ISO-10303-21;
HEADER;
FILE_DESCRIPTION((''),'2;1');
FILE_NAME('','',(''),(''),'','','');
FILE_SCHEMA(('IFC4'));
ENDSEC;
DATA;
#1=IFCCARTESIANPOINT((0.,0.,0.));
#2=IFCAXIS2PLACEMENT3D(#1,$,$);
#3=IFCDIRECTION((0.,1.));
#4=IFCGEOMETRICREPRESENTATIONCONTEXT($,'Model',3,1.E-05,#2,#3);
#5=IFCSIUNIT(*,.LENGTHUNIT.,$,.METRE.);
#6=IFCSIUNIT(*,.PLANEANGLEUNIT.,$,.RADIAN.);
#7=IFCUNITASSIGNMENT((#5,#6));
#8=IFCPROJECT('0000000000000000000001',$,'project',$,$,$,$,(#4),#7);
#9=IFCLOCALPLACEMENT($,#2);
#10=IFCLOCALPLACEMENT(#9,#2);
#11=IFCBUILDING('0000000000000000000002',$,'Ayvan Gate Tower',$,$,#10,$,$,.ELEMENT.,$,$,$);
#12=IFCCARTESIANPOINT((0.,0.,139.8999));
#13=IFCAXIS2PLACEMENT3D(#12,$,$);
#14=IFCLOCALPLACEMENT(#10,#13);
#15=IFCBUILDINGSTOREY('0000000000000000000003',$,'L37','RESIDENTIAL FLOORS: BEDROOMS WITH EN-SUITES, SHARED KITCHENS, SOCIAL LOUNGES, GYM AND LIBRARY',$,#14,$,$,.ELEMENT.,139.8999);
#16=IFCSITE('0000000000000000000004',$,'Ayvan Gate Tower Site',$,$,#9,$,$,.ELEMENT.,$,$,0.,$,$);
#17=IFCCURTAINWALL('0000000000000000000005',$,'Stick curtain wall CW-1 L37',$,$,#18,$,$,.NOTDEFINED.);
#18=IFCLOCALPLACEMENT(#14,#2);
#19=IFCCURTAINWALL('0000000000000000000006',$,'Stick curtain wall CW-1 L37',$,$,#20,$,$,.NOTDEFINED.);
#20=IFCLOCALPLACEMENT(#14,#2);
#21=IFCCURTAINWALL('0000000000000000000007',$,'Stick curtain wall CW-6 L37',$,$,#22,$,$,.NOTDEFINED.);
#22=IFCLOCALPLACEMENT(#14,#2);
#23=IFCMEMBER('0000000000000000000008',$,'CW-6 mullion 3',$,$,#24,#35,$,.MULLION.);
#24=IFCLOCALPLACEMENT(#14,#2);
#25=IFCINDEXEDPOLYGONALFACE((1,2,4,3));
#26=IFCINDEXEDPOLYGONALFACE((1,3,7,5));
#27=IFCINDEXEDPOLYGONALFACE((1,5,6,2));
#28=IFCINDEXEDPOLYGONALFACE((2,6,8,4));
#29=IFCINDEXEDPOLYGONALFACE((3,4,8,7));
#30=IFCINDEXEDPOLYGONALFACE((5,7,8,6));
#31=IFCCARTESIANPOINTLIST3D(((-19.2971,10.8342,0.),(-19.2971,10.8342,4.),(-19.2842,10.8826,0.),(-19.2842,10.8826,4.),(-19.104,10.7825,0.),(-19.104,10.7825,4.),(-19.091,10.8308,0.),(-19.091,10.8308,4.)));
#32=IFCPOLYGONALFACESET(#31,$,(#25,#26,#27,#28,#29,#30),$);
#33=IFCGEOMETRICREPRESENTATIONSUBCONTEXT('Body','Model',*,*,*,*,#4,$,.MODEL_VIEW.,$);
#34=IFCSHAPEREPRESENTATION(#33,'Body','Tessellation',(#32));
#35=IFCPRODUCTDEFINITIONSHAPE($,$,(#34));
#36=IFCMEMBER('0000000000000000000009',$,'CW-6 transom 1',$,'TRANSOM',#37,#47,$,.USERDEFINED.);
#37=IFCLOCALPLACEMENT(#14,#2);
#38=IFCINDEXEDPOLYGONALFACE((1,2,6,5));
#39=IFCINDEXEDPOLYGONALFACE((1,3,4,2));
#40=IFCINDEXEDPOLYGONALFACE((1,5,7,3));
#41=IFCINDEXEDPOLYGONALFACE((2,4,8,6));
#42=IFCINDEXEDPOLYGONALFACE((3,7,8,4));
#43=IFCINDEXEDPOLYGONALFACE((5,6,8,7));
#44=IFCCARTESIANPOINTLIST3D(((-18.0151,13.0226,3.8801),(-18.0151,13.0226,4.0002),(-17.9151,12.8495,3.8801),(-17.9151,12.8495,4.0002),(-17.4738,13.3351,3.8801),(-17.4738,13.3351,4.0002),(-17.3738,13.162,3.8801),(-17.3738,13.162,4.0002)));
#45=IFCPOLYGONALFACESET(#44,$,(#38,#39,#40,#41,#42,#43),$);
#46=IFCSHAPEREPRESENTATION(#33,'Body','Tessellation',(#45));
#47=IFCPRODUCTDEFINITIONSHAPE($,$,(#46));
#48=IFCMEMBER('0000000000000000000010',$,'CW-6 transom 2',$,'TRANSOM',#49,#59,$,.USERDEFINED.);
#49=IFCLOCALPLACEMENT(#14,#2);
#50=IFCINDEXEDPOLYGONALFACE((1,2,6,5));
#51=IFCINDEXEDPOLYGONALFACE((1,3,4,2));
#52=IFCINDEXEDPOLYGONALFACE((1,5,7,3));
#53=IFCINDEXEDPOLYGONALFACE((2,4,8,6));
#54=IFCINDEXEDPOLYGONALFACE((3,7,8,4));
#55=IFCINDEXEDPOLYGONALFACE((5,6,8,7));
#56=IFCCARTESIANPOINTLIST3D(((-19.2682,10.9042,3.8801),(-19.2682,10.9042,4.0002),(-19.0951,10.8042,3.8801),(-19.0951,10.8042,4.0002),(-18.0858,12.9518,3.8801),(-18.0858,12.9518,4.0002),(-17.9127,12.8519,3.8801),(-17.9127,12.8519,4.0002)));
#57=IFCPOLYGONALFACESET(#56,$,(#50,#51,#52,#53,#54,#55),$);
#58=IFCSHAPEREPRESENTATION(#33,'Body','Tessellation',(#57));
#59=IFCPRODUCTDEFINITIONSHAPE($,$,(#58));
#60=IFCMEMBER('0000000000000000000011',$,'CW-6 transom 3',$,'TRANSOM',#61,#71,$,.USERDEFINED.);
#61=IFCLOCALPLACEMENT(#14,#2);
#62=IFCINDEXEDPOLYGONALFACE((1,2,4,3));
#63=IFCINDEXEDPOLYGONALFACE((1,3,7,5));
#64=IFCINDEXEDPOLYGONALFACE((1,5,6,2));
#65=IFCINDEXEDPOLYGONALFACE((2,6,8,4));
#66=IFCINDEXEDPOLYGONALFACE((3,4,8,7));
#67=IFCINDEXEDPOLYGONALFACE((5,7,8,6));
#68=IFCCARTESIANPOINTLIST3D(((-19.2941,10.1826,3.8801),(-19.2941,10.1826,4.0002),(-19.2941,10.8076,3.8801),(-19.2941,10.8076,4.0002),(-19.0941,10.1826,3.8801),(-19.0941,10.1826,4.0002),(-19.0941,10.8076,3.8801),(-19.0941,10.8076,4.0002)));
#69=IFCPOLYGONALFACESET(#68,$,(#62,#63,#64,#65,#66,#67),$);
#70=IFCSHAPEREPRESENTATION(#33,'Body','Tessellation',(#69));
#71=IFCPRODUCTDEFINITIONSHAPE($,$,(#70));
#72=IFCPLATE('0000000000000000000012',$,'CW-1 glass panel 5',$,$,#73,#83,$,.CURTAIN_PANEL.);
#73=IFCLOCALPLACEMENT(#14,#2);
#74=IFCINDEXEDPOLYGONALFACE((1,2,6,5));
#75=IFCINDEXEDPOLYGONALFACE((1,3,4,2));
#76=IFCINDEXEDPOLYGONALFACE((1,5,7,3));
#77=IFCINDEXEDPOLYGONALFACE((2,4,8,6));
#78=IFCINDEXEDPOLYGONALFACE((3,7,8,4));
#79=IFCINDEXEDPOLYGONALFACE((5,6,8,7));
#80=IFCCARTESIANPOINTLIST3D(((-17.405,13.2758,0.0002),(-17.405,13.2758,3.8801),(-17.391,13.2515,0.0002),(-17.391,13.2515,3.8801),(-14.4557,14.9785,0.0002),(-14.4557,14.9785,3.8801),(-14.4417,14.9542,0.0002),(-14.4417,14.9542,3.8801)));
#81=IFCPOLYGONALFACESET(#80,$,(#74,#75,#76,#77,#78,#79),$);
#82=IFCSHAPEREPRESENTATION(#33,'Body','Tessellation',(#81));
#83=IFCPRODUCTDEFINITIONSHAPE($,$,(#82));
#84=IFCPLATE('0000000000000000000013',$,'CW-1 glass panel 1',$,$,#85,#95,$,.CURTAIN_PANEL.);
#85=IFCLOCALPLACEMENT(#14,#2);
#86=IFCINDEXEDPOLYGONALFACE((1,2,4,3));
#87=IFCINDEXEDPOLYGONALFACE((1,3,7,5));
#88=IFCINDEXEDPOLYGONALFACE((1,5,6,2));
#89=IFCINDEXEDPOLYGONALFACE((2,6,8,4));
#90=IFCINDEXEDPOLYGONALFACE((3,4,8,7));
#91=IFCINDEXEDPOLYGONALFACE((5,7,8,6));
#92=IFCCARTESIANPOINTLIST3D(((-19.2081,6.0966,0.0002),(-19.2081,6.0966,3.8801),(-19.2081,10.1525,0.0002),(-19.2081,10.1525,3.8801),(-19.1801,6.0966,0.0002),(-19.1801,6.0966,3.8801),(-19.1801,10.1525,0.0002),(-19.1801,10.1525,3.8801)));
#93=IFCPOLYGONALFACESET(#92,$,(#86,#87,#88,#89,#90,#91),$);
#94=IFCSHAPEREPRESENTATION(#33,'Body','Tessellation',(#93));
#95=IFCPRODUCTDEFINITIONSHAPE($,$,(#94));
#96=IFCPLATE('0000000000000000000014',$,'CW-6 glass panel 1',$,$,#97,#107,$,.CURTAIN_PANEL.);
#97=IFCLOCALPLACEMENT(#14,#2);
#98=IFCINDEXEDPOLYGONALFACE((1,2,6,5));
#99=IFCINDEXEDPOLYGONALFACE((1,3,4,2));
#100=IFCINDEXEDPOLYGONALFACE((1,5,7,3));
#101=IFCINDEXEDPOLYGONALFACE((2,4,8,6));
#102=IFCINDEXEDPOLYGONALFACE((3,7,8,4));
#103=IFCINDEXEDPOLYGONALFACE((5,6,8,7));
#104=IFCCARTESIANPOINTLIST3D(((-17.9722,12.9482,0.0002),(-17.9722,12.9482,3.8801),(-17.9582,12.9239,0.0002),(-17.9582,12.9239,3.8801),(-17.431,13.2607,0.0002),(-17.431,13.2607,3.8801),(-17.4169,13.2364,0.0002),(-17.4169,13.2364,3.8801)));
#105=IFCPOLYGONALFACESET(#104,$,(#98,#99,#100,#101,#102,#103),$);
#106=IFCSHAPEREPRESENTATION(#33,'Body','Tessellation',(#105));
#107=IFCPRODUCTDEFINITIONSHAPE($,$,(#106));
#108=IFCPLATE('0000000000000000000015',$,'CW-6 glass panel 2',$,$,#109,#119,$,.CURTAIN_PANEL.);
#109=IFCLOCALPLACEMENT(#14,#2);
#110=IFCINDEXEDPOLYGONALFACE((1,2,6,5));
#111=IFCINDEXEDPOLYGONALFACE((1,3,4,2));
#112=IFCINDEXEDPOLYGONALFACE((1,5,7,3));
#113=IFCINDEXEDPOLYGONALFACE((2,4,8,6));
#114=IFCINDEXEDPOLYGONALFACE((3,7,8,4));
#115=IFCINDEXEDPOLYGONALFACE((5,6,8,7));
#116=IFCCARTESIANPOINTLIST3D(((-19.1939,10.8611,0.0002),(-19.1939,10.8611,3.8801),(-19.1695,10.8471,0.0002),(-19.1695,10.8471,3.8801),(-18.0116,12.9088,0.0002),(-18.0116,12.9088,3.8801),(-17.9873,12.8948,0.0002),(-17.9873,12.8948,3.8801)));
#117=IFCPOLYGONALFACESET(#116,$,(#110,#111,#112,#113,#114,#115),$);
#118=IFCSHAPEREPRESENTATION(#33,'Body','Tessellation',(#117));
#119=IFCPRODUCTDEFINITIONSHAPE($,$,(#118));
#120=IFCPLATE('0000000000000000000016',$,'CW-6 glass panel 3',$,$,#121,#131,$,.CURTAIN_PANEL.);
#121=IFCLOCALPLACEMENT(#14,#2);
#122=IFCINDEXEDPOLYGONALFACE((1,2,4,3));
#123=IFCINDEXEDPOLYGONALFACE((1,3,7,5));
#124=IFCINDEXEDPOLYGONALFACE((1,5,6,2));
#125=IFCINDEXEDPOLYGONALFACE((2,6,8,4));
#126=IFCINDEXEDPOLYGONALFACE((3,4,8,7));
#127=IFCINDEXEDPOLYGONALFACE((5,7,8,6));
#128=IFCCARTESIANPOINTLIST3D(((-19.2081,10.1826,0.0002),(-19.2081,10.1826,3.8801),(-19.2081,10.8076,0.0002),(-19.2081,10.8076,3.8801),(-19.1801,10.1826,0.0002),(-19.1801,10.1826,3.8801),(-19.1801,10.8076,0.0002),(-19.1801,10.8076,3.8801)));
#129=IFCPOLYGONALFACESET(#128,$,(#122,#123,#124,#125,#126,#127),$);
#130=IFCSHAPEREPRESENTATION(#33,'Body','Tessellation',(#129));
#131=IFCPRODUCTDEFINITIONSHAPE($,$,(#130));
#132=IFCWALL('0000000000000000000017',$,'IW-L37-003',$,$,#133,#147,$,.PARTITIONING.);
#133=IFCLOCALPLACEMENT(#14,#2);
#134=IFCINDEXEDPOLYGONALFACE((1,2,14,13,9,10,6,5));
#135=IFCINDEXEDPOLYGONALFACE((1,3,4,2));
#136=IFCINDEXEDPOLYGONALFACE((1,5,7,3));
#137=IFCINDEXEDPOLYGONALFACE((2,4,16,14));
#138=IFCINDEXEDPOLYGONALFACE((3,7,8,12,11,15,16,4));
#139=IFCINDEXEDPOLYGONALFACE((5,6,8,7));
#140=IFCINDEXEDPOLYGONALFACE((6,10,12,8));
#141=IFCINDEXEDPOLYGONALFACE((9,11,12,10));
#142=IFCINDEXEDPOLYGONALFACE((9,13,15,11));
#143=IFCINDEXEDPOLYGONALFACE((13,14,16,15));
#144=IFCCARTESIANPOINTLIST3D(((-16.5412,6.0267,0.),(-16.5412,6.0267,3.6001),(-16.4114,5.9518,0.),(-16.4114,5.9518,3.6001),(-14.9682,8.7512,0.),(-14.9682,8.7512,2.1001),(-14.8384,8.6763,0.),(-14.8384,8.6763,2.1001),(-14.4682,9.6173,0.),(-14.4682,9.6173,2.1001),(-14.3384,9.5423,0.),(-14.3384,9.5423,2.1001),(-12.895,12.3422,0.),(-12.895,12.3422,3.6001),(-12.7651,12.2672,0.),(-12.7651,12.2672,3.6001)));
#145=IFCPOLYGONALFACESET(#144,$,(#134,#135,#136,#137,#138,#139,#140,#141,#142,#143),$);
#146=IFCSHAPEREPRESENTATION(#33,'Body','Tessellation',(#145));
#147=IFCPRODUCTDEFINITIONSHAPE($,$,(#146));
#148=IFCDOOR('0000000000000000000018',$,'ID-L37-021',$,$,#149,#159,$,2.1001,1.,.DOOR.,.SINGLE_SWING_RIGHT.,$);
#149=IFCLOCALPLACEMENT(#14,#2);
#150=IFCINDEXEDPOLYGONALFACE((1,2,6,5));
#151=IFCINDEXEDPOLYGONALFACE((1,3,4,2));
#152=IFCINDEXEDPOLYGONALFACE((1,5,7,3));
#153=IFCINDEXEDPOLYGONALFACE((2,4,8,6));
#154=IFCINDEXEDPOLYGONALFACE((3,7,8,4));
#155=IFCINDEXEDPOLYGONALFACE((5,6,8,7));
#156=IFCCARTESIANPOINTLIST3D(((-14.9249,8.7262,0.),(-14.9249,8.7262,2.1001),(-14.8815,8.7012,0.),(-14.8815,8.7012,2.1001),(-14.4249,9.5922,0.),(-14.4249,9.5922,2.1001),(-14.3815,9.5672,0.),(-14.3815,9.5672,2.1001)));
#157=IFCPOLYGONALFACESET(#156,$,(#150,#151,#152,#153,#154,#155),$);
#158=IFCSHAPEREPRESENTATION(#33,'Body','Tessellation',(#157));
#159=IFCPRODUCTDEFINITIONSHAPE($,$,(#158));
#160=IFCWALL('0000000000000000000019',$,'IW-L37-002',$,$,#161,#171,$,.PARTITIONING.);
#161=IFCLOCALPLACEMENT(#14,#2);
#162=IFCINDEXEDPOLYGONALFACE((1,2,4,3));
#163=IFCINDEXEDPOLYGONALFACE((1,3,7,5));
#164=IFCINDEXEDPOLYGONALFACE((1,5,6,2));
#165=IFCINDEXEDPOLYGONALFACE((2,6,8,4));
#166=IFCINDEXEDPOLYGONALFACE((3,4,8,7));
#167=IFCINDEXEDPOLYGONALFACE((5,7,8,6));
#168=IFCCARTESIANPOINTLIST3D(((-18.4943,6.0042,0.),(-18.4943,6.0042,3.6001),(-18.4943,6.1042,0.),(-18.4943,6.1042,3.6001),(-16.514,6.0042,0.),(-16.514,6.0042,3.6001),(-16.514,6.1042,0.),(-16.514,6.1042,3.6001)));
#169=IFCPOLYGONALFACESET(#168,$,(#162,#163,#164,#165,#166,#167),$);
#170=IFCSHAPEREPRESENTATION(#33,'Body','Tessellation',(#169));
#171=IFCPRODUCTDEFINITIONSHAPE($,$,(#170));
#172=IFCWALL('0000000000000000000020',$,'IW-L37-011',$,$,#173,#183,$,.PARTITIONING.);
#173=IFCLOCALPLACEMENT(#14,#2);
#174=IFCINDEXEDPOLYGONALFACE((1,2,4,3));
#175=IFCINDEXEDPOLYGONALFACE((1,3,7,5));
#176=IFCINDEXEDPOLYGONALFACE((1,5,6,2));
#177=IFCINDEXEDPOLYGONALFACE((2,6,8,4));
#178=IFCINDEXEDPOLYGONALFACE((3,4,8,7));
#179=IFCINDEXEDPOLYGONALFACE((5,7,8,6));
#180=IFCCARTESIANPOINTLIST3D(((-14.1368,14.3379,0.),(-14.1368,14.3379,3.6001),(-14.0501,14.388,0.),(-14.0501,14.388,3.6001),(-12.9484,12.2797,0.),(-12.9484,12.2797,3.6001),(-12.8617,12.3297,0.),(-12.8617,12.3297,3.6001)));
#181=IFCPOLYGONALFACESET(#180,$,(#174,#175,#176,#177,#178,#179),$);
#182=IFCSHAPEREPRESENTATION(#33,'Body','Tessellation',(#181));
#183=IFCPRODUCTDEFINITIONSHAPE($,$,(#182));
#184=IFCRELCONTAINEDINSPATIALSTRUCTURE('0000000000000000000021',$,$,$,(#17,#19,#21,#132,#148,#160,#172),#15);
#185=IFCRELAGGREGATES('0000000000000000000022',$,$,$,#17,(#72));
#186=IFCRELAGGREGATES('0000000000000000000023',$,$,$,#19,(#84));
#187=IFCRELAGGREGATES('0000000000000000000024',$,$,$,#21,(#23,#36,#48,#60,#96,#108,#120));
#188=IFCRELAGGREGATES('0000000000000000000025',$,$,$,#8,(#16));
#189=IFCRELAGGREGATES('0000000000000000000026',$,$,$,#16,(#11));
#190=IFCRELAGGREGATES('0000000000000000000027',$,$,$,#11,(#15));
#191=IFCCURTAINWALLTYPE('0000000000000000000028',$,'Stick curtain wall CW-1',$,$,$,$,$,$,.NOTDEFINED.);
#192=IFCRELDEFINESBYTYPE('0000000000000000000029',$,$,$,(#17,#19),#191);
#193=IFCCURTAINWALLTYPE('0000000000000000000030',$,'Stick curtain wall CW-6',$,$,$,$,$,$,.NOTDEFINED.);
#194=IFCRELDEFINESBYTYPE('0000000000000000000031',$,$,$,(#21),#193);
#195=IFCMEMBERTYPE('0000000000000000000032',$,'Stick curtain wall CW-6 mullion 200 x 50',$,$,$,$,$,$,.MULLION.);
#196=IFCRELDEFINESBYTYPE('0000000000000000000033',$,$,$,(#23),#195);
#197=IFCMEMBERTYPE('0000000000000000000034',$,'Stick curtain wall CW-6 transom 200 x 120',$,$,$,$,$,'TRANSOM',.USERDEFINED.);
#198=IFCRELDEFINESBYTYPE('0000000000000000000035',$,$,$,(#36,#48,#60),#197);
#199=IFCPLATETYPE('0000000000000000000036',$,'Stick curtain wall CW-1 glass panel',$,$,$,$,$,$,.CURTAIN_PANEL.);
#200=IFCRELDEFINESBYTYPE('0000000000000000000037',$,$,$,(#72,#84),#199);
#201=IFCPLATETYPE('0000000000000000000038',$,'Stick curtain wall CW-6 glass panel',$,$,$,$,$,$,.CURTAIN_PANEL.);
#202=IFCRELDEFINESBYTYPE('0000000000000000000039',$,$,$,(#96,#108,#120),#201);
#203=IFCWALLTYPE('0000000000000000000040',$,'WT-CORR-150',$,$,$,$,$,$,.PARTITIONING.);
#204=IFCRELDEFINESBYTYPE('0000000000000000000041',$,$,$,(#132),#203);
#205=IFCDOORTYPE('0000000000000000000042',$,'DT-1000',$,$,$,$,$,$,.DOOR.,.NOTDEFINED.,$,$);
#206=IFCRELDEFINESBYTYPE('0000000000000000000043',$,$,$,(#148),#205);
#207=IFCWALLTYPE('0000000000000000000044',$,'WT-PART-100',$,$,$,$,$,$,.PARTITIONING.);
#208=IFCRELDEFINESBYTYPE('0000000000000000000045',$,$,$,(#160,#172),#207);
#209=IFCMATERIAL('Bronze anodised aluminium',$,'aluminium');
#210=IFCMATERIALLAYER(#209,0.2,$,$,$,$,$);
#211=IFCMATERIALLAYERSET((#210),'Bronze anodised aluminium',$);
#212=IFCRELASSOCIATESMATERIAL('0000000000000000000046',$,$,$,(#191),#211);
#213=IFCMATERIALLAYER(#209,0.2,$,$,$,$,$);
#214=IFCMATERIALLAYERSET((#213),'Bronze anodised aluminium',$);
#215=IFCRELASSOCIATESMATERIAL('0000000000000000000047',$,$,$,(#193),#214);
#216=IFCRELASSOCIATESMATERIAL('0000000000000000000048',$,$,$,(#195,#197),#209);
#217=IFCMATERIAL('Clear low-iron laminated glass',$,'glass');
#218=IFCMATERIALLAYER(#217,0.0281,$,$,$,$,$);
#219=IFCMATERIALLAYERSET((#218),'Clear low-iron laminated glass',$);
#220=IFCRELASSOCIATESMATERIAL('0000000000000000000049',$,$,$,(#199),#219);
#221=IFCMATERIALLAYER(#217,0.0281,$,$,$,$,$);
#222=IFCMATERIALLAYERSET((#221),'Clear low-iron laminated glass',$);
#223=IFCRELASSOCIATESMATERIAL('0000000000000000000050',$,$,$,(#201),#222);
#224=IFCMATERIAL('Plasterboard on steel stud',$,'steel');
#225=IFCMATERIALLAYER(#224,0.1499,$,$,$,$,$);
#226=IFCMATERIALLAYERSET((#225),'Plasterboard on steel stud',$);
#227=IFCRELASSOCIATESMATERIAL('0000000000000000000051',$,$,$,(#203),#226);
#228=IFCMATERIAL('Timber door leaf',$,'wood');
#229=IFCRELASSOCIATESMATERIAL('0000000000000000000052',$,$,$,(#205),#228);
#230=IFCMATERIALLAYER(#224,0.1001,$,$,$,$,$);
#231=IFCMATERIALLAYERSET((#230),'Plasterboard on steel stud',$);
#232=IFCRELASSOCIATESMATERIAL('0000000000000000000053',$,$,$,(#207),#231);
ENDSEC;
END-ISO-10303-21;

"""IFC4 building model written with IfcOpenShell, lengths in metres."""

from ifc_helpers import new_model, si_unit, direction, frame, frame_2d, origin, origin_2d, place, context, subcontext, project, spatial, rectangle, extrude, material, layer, layer_set, material_profile, profile_set, type_object, element, fill, aggregate, save


model = new_model("IFC4")

# Units and contexts
model_context = context("Model", 3, precision=1e-05, world=origin(), true_north=direction((0.0, 1.0)))
body_context = subcontext(model_context, "Body", "Model", "MODEL_VIEW")
ifc_project = project(units=[si_unit("LENGTHUNIT", "METRE"), si_unit("PLANEANGLEUNIT", "RADIAN")], contexts=[model_context])

# Site, building, storey
site_placement = place(None, origin())
site = spatial("IfcSite", under=ifc_project, at=site_placement, Name="Ayvan Gate Tower Site", CompositionType="ELEMENT", RefElevation=0.0)
building_placement = place(site_placement, origin())
building = spatial("IfcBuilding", under=site, at=building_placement, Name="Ayvan Gate Tower", CompositionType="ELEMENT")
storey_placement = place(building_placement, frame((0.0, 0.0, 139.8999)))
storey = spatial("IfcBuildingStorey", under=building, at=storey_placement, Name="L37", Description="RESIDENTIAL FLOORS: BEDROOMS WITH EN-SUITES, SHARED KITCHENS, SOCIAL LOUNGES, GYM AND LIBRARY", CompositionType="ELEMENT", Elevation=139.8999)

# Curtain walls, members
ifc_material_1 = material(Name="Bronze anodised aluminium", Category="aluminium")
ifc_layer_1 = layer(ifc_material_1, 0.2)
ifc_layer_set_1 = layer_set([ifc_layer_1], Name="Bronze anodised aluminium")
curtain_wall_type_1 = type_object("IfcCurtainWallType", Name="Stick curtain wall CW-1", PredefinedType="NOTDEFINED", material=ifc_layer_set_1)
curtain_wall_1_placement = place(storey_placement, origin())
curtain_wall_1 = element("IfcCurtainWall", 1, at=curtain_wall_1_placement, inside=storey, type_object=curtain_wall_type_1, Name="Stick curtain wall CW-1 L37", PredefinedType="NOTDEFINED")
curtain_wall_2_placement = place(storey_placement, origin())
curtain_wall_2 = element("IfcCurtainWall", 2, at=curtain_wall_2_placement, inside=storey, type_object=curtain_wall_type_1, Name="Stick curtain wall CW-1 L37", PredefinedType="NOTDEFINED")
ifc_layer_2 = layer(ifc_material_1, 0.2)
ifc_layer_set_2 = layer_set([ifc_layer_2], Name="Bronze anodised aluminium")
curtain_wall_type_2 = type_object("IfcCurtainWallType", Name="Stick curtain wall CW-6", PredefinedType="NOTDEFINED", material=ifc_layer_set_2)
curtain_wall_3_placement = place(storey_placement, origin())
curtain_wall_3 = element("IfcCurtainWall", 3, at=curtain_wall_3_placement, inside=storey, type_object=curtain_wall_type_2, Name="Stick curtain wall CW-6 L37", PredefinedType="NOTDEFINED")
ifc_material_profile_1 = material_profile(ifc_material_1, rectangle(XDim=0.2, YDim=0.05, at=origin_2d()), Name="Stick curtain wall CW-6 mullion 200 x 50")
ifc_profile_set_1 = profile_set([ifc_material_profile_1], Name="Bronze anodised aluminium")
member_type_1 = type_object("IfcMemberType", Name="Stick curtain wall CW-6 mullion 200 x 50", PredefinedType="MULLION", material=ifc_profile_set_1)
member_1_placement = place(storey_placement, frame((-19.1941, 10.8325, 0.0), z_axis=(0.0, 0.0, 1.0), x_axis=(-0.965926, 0.258819, 0.0)))
member_1 = element("IfcMember", 4, at=member_1_placement, type_object=member_type_1, Name="CW-6 mullion 3", PredefinedType="MULLION", context=body_context, shape_type="SweptSolid", body=[
    extrude(rectangle(XDim=0.2, YDim=0.05, at=origin_2d()), origin(), (0.0, 0.0, 1.0), 4.0),
])
ifc_material_profile_2 = material_profile(ifc_material_1, rectangle(XDim=0.2, YDim=0.1201, at=origin_2d()), Name="Stick curtain wall CW-6 transom 200 x 120")
ifc_profile_set_2 = profile_set([ifc_material_profile_2], Name="Bronze anodised aluminium")
member_type_2 = type_object("IfcMemberType", Name="Stick curtain wall CW-6 transom 200 x 120", ElementType="TRANSOM", PredefinedType="USERDEFINED", material=ifc_profile_set_2)
member_2_placement = place(storey_placement, frame((-17.4238, 13.2485, 3.9402), z_axis=(-0.866023, -0.500004, 0.0), x_axis=(0.500004, -0.866023, 0.0)))
member_2 = element("IfcMember", 5, at=member_2_placement, type_object=member_type_2, Name="CW-6 transom 1", ObjectType="TRANSOM", PredefinedType="USERDEFINED", context=body_context, shape_type="SweptSolid", body=[
    extrude(rectangle(XDim=0.2, YDim=0.1201, at=origin_2d()), origin(), (0.0, 0.0, 1.0), 0.625),
])
member_3_placement = place(storey_placement, frame((-17.9993, 12.9019, 3.9402), z_axis=(-0.500059, -0.865991, 0.0), x_axis=(0.865991, -0.500059, 0.0)))
member_3 = element("IfcMember", 6, at=member_3_placement, type_object=member_type_2, Name="CW-6 transom 2", ObjectType="TRANSOM", PredefinedType="USERDEFINED", context=body_context, shape_type="SweptSolid", body=[
    extrude(rectangle(XDim=0.2, YDim=0.1201, at=origin_2d()), origin(), (0.0, 0.0, 1.0), 2.3645),
])
member_4_placement = place(storey_placement, frame((-19.1941, 10.8076, 3.9402), z_axis=(0.0, -1.0, 0.0), x_axis=(1.0, 0.0, 0.0)))
member_4 = element("IfcMember", 7, at=member_4_placement, type_object=member_type_2, Name="CW-6 transom 3", ObjectType="TRANSOM", PredefinedType="USERDEFINED", context=body_context, shape_type="SweptSolid", body=[
    extrude(rectangle(XDim=0.2, YDim=0.1201, at=origin_2d()), origin(), (0.0, 0.0, 1.0), 0.625),
])

# Plates
ifc_material_2 = material(Name="Clear low-iron laminated glass", Category="glass")
ifc_layer_3 = layer(ifc_material_2, 0.0281)
ifc_layer_set_3 = layer_set([ifc_layer_3], Name="Clear low-iron laminated glass")
plate_type_1 = type_object("IfcPlateType", Name="Stick curtain wall CW-1 glass panel", PredefinedType="CURTAIN_PANEL", material=ifc_layer_set_3)
plate_1_placement = place(storey_placement, frame((-15.9233, 14.115, 0.0002), z_axis=(0.0, 0.0, 1.0), x_axis=(-0.866025, -0.5, 0.0)))
plate_1 = element("IfcPlate", 8, at=plate_1_placement, type_object=plate_type_1, Name="CW-1 glass panel 5", PredefinedType="CURTAIN_PANEL", context=body_context, shape_type="SweptSolid", body=[
    extrude(rectangle(XDim=3.4055, YDim=0.0281, at=origin_2d()), origin(), (0.0, 0.0, 1.0), 3.8799),
])
aggregate(curtain_wall_1, [plate_1])
plate_2_placement = place(storey_placement, frame((-19.1941, 8.1245, 0.0002), z_axis=(0.0, 0.0, 1.0), x_axis=(0.0, -1.0, 0.0)))
plate_2 = element("IfcPlate", 9, at=plate_2_placement, type_object=plate_type_1, Name="CW-1 glass panel 1", PredefinedType="CURTAIN_PANEL", context=body_context, shape_type="SweptSolid", body=[
    extrude(rectangle(XDim=4.0559, YDim=0.0281, at=origin_2d()), origin(), (0.0, 0.0, 1.0), 3.8799),
])
aggregate(curtain_wall_2, [plate_2])
ifc_layer_4 = layer(ifc_material_2, 0.0281)
ifc_layer_set_4 = layer_set([ifc_layer_4], Name="Clear low-iron laminated glass")
plate_type_2 = type_object("IfcPlateType", Name="Stick curtain wall CW-6 glass panel", PredefinedType="CURTAIN_PANEL", material=ifc_layer_set_4)
plate_3_placement = place(storey_placement, frame((-17.6946, 13.0923, 0.0002), z_axis=(0.0, 0.0, 1.0), x_axis=(-0.866025, -0.5, 0.0)))
plate_3 = element("IfcPlate", 10, at=plate_3_placement, type_object=plate_type_2, Name="CW-6 glass panel 1", PredefinedType="CURTAIN_PANEL", context=body_context, shape_type="SweptSolid", body=[
    extrude(rectangle(XDim=0.625, YDim=0.0281, at=origin_2d()), origin(), (0.0, 0.0, 1.0), 3.8799),
])
plate_4_placement = place(storey_placement, frame((-18.5906, 11.8779, 0.0002), z_axis=(0.0, 0.0, 1.0), x_axis=(-0.5, -0.866025, 0.0)))
plate_4 = element("IfcPlate", 11, at=plate_4_placement, type_object=plate_type_2, Name="CW-6 glass panel 2", PredefinedType="CURTAIN_PANEL", context=body_context, shape_type="SweptSolid", body=[
    extrude(rectangle(XDim=2.3645, YDim=0.0281, at=origin_2d()), origin(), (0.0, 0.0, 1.0), 3.8799),
])
plate_5_placement = place(storey_placement, frame((-19.1941, 10.4951, 0.0002), z_axis=(0.0, 0.0, 1.0), x_axis=(0.0, -1.0, 0.0)))
plate_5 = element("IfcPlate", 12, at=plate_5_placement, type_object=plate_type_2, Name="CW-6 glass panel 3", PredefinedType="CURTAIN_PANEL", context=body_context, shape_type="SweptSolid", body=[
    extrude(rectangle(XDim=0.625, YDim=0.0281, at=origin_2d()), origin(), (0.0, 0.0, 1.0), 3.8799),
])
aggregate(curtain_wall_3, [member_1, member_2, member_3, member_4, plate_3, plate_4, plate_5])

# Wall, opening, door
ifc_material_3 = material(Name="Plasterboard on steel stud", Category="steel")
ifc_layer_5 = layer(ifc_material_3, 0.1499)
ifc_layer_set_5 = layer_set([ifc_layer_5], Name="Plasterboard on steel stud")
wall_type_1 = type_object("IfcWallType", Name="WT-CORR-150", PredefinedType="PARTITIONING", material=ifc_layer_set_5)
wall_1_placement = place(storey_placement, frame((-16.4763, 5.9893, 0.0), z_axis=(0.0, 0.0, 1.0), x_axis=(0.500003, 0.866024, 0.0)))
wall_1 = element("IfcWall", 13, at=wall_1_placement, inside=storey, type_object=wall_type_1, Name="IW-L37-003", PredefinedType="PARTITIONING", context=body_context, shape_type="SweptSolid", body=[
    extrude(rectangle(XDim=7.2925, YDim=0.1499, at=frame_2d((3.6462, 0.0))), origin(), (0.0, 0.0, 1.0), 3.6001),
])
opening_placement = place(wall_1_placement, frame((3.146, 0.0, 0.0)))
opening = element("IfcOpeningElement", 14, at=opening_placement, cuts=wall_1, PredefinedType="OPENING", context=body_context, shape_type="SweptSolid", body=[
    extrude(rectangle(XDim=1.0, YDim=2.1001, at=frame_2d((0.5, 1.05))), frame((0.0, 0.085, 0.0), z_axis=(0.0, -1.0, 0.0), x_axis=(1.0, 0.0, 0.0)), (0.0, 0.0, 1.0), 0.1699),
])
ifc_material_4 = material(Name="Timber door leaf", Category="wood")
door_type = type_object("IfcDoorType", Name="DT-1000", OperationType="NOTDEFINED", PredefinedType="DOOR", material=ifc_material_4)
door_placement = place(opening_placement, origin())
door = element("IfcDoor", 15, at=door_placement, inside=storey, type_object=door_type, Name="ID-L37-021", OperationType="SINGLE_SWING_RIGHT", OverallHeight=2.1001, OverallWidth=1.0, PredefinedType="DOOR", context=body_context, shape_type="SweptSolid", body=[
    extrude(rectangle(XDim=1.0, YDim=2.1001, at=frame_2d((0.5, 1.05))), frame((0.0, 0.0249, 0.0), z_axis=(0.0, -1.0, 0.0), x_axis=(1.0, 0.0, 0.0)), (0.0, 0.0, 1.0), 0.05),
])
fill(opening, door)

# Walls
ifc_layer_6 = layer(ifc_material_3, 0.1001)
ifc_layer_set_6 = layer_set([ifc_layer_6], Name="Plasterboard on steel stud")
wall_type_2 = type_object("IfcWallType", Name="WT-PART-100", PredefinedType="PARTITIONING", material=ifc_layer_set_6)
wall_2_placement = place(storey_placement, frame((-16.5139, 6.0542, 0.0), z_axis=(0.0, 0.0, 1.0), x_axis=(-1.0, 0.0, 0.0)))
element("IfcWall", 16, at=wall_2_placement, inside=storey, type_object=wall_type_2, Name="IW-L37-002", PredefinedType="PARTITIONING", context=body_context, shape_type="SweptSolid", body=[
    extrude(rectangle(XDim=1.9802, YDim=0.1001, at=frame_2d((0.9902, 0.0))), origin(), (0.0, 0.0, 1.0), 3.6001),
])
wall_3_placement = place(storey_placement, frame((-14.0935, 14.363, 0.0), z_axis=(0.0, 0.0, 1.0), x_axis=(0.500028, -0.866009, 0.0)))
element("IfcWall", 17, at=wall_3_placement, inside=storey, type_object=wall_type_2, Name="IW-L37-011", PredefinedType="PARTITIONING", context=body_context, shape_type="SweptSolid", body=[
    extrude(rectangle(XDim=2.3767, YDim=0.1001, at=frame_2d((1.1885, 0.0))), origin(), (0.0, 0.0, 1.0), 3.6001),
])

save(model, "model.ifc")
